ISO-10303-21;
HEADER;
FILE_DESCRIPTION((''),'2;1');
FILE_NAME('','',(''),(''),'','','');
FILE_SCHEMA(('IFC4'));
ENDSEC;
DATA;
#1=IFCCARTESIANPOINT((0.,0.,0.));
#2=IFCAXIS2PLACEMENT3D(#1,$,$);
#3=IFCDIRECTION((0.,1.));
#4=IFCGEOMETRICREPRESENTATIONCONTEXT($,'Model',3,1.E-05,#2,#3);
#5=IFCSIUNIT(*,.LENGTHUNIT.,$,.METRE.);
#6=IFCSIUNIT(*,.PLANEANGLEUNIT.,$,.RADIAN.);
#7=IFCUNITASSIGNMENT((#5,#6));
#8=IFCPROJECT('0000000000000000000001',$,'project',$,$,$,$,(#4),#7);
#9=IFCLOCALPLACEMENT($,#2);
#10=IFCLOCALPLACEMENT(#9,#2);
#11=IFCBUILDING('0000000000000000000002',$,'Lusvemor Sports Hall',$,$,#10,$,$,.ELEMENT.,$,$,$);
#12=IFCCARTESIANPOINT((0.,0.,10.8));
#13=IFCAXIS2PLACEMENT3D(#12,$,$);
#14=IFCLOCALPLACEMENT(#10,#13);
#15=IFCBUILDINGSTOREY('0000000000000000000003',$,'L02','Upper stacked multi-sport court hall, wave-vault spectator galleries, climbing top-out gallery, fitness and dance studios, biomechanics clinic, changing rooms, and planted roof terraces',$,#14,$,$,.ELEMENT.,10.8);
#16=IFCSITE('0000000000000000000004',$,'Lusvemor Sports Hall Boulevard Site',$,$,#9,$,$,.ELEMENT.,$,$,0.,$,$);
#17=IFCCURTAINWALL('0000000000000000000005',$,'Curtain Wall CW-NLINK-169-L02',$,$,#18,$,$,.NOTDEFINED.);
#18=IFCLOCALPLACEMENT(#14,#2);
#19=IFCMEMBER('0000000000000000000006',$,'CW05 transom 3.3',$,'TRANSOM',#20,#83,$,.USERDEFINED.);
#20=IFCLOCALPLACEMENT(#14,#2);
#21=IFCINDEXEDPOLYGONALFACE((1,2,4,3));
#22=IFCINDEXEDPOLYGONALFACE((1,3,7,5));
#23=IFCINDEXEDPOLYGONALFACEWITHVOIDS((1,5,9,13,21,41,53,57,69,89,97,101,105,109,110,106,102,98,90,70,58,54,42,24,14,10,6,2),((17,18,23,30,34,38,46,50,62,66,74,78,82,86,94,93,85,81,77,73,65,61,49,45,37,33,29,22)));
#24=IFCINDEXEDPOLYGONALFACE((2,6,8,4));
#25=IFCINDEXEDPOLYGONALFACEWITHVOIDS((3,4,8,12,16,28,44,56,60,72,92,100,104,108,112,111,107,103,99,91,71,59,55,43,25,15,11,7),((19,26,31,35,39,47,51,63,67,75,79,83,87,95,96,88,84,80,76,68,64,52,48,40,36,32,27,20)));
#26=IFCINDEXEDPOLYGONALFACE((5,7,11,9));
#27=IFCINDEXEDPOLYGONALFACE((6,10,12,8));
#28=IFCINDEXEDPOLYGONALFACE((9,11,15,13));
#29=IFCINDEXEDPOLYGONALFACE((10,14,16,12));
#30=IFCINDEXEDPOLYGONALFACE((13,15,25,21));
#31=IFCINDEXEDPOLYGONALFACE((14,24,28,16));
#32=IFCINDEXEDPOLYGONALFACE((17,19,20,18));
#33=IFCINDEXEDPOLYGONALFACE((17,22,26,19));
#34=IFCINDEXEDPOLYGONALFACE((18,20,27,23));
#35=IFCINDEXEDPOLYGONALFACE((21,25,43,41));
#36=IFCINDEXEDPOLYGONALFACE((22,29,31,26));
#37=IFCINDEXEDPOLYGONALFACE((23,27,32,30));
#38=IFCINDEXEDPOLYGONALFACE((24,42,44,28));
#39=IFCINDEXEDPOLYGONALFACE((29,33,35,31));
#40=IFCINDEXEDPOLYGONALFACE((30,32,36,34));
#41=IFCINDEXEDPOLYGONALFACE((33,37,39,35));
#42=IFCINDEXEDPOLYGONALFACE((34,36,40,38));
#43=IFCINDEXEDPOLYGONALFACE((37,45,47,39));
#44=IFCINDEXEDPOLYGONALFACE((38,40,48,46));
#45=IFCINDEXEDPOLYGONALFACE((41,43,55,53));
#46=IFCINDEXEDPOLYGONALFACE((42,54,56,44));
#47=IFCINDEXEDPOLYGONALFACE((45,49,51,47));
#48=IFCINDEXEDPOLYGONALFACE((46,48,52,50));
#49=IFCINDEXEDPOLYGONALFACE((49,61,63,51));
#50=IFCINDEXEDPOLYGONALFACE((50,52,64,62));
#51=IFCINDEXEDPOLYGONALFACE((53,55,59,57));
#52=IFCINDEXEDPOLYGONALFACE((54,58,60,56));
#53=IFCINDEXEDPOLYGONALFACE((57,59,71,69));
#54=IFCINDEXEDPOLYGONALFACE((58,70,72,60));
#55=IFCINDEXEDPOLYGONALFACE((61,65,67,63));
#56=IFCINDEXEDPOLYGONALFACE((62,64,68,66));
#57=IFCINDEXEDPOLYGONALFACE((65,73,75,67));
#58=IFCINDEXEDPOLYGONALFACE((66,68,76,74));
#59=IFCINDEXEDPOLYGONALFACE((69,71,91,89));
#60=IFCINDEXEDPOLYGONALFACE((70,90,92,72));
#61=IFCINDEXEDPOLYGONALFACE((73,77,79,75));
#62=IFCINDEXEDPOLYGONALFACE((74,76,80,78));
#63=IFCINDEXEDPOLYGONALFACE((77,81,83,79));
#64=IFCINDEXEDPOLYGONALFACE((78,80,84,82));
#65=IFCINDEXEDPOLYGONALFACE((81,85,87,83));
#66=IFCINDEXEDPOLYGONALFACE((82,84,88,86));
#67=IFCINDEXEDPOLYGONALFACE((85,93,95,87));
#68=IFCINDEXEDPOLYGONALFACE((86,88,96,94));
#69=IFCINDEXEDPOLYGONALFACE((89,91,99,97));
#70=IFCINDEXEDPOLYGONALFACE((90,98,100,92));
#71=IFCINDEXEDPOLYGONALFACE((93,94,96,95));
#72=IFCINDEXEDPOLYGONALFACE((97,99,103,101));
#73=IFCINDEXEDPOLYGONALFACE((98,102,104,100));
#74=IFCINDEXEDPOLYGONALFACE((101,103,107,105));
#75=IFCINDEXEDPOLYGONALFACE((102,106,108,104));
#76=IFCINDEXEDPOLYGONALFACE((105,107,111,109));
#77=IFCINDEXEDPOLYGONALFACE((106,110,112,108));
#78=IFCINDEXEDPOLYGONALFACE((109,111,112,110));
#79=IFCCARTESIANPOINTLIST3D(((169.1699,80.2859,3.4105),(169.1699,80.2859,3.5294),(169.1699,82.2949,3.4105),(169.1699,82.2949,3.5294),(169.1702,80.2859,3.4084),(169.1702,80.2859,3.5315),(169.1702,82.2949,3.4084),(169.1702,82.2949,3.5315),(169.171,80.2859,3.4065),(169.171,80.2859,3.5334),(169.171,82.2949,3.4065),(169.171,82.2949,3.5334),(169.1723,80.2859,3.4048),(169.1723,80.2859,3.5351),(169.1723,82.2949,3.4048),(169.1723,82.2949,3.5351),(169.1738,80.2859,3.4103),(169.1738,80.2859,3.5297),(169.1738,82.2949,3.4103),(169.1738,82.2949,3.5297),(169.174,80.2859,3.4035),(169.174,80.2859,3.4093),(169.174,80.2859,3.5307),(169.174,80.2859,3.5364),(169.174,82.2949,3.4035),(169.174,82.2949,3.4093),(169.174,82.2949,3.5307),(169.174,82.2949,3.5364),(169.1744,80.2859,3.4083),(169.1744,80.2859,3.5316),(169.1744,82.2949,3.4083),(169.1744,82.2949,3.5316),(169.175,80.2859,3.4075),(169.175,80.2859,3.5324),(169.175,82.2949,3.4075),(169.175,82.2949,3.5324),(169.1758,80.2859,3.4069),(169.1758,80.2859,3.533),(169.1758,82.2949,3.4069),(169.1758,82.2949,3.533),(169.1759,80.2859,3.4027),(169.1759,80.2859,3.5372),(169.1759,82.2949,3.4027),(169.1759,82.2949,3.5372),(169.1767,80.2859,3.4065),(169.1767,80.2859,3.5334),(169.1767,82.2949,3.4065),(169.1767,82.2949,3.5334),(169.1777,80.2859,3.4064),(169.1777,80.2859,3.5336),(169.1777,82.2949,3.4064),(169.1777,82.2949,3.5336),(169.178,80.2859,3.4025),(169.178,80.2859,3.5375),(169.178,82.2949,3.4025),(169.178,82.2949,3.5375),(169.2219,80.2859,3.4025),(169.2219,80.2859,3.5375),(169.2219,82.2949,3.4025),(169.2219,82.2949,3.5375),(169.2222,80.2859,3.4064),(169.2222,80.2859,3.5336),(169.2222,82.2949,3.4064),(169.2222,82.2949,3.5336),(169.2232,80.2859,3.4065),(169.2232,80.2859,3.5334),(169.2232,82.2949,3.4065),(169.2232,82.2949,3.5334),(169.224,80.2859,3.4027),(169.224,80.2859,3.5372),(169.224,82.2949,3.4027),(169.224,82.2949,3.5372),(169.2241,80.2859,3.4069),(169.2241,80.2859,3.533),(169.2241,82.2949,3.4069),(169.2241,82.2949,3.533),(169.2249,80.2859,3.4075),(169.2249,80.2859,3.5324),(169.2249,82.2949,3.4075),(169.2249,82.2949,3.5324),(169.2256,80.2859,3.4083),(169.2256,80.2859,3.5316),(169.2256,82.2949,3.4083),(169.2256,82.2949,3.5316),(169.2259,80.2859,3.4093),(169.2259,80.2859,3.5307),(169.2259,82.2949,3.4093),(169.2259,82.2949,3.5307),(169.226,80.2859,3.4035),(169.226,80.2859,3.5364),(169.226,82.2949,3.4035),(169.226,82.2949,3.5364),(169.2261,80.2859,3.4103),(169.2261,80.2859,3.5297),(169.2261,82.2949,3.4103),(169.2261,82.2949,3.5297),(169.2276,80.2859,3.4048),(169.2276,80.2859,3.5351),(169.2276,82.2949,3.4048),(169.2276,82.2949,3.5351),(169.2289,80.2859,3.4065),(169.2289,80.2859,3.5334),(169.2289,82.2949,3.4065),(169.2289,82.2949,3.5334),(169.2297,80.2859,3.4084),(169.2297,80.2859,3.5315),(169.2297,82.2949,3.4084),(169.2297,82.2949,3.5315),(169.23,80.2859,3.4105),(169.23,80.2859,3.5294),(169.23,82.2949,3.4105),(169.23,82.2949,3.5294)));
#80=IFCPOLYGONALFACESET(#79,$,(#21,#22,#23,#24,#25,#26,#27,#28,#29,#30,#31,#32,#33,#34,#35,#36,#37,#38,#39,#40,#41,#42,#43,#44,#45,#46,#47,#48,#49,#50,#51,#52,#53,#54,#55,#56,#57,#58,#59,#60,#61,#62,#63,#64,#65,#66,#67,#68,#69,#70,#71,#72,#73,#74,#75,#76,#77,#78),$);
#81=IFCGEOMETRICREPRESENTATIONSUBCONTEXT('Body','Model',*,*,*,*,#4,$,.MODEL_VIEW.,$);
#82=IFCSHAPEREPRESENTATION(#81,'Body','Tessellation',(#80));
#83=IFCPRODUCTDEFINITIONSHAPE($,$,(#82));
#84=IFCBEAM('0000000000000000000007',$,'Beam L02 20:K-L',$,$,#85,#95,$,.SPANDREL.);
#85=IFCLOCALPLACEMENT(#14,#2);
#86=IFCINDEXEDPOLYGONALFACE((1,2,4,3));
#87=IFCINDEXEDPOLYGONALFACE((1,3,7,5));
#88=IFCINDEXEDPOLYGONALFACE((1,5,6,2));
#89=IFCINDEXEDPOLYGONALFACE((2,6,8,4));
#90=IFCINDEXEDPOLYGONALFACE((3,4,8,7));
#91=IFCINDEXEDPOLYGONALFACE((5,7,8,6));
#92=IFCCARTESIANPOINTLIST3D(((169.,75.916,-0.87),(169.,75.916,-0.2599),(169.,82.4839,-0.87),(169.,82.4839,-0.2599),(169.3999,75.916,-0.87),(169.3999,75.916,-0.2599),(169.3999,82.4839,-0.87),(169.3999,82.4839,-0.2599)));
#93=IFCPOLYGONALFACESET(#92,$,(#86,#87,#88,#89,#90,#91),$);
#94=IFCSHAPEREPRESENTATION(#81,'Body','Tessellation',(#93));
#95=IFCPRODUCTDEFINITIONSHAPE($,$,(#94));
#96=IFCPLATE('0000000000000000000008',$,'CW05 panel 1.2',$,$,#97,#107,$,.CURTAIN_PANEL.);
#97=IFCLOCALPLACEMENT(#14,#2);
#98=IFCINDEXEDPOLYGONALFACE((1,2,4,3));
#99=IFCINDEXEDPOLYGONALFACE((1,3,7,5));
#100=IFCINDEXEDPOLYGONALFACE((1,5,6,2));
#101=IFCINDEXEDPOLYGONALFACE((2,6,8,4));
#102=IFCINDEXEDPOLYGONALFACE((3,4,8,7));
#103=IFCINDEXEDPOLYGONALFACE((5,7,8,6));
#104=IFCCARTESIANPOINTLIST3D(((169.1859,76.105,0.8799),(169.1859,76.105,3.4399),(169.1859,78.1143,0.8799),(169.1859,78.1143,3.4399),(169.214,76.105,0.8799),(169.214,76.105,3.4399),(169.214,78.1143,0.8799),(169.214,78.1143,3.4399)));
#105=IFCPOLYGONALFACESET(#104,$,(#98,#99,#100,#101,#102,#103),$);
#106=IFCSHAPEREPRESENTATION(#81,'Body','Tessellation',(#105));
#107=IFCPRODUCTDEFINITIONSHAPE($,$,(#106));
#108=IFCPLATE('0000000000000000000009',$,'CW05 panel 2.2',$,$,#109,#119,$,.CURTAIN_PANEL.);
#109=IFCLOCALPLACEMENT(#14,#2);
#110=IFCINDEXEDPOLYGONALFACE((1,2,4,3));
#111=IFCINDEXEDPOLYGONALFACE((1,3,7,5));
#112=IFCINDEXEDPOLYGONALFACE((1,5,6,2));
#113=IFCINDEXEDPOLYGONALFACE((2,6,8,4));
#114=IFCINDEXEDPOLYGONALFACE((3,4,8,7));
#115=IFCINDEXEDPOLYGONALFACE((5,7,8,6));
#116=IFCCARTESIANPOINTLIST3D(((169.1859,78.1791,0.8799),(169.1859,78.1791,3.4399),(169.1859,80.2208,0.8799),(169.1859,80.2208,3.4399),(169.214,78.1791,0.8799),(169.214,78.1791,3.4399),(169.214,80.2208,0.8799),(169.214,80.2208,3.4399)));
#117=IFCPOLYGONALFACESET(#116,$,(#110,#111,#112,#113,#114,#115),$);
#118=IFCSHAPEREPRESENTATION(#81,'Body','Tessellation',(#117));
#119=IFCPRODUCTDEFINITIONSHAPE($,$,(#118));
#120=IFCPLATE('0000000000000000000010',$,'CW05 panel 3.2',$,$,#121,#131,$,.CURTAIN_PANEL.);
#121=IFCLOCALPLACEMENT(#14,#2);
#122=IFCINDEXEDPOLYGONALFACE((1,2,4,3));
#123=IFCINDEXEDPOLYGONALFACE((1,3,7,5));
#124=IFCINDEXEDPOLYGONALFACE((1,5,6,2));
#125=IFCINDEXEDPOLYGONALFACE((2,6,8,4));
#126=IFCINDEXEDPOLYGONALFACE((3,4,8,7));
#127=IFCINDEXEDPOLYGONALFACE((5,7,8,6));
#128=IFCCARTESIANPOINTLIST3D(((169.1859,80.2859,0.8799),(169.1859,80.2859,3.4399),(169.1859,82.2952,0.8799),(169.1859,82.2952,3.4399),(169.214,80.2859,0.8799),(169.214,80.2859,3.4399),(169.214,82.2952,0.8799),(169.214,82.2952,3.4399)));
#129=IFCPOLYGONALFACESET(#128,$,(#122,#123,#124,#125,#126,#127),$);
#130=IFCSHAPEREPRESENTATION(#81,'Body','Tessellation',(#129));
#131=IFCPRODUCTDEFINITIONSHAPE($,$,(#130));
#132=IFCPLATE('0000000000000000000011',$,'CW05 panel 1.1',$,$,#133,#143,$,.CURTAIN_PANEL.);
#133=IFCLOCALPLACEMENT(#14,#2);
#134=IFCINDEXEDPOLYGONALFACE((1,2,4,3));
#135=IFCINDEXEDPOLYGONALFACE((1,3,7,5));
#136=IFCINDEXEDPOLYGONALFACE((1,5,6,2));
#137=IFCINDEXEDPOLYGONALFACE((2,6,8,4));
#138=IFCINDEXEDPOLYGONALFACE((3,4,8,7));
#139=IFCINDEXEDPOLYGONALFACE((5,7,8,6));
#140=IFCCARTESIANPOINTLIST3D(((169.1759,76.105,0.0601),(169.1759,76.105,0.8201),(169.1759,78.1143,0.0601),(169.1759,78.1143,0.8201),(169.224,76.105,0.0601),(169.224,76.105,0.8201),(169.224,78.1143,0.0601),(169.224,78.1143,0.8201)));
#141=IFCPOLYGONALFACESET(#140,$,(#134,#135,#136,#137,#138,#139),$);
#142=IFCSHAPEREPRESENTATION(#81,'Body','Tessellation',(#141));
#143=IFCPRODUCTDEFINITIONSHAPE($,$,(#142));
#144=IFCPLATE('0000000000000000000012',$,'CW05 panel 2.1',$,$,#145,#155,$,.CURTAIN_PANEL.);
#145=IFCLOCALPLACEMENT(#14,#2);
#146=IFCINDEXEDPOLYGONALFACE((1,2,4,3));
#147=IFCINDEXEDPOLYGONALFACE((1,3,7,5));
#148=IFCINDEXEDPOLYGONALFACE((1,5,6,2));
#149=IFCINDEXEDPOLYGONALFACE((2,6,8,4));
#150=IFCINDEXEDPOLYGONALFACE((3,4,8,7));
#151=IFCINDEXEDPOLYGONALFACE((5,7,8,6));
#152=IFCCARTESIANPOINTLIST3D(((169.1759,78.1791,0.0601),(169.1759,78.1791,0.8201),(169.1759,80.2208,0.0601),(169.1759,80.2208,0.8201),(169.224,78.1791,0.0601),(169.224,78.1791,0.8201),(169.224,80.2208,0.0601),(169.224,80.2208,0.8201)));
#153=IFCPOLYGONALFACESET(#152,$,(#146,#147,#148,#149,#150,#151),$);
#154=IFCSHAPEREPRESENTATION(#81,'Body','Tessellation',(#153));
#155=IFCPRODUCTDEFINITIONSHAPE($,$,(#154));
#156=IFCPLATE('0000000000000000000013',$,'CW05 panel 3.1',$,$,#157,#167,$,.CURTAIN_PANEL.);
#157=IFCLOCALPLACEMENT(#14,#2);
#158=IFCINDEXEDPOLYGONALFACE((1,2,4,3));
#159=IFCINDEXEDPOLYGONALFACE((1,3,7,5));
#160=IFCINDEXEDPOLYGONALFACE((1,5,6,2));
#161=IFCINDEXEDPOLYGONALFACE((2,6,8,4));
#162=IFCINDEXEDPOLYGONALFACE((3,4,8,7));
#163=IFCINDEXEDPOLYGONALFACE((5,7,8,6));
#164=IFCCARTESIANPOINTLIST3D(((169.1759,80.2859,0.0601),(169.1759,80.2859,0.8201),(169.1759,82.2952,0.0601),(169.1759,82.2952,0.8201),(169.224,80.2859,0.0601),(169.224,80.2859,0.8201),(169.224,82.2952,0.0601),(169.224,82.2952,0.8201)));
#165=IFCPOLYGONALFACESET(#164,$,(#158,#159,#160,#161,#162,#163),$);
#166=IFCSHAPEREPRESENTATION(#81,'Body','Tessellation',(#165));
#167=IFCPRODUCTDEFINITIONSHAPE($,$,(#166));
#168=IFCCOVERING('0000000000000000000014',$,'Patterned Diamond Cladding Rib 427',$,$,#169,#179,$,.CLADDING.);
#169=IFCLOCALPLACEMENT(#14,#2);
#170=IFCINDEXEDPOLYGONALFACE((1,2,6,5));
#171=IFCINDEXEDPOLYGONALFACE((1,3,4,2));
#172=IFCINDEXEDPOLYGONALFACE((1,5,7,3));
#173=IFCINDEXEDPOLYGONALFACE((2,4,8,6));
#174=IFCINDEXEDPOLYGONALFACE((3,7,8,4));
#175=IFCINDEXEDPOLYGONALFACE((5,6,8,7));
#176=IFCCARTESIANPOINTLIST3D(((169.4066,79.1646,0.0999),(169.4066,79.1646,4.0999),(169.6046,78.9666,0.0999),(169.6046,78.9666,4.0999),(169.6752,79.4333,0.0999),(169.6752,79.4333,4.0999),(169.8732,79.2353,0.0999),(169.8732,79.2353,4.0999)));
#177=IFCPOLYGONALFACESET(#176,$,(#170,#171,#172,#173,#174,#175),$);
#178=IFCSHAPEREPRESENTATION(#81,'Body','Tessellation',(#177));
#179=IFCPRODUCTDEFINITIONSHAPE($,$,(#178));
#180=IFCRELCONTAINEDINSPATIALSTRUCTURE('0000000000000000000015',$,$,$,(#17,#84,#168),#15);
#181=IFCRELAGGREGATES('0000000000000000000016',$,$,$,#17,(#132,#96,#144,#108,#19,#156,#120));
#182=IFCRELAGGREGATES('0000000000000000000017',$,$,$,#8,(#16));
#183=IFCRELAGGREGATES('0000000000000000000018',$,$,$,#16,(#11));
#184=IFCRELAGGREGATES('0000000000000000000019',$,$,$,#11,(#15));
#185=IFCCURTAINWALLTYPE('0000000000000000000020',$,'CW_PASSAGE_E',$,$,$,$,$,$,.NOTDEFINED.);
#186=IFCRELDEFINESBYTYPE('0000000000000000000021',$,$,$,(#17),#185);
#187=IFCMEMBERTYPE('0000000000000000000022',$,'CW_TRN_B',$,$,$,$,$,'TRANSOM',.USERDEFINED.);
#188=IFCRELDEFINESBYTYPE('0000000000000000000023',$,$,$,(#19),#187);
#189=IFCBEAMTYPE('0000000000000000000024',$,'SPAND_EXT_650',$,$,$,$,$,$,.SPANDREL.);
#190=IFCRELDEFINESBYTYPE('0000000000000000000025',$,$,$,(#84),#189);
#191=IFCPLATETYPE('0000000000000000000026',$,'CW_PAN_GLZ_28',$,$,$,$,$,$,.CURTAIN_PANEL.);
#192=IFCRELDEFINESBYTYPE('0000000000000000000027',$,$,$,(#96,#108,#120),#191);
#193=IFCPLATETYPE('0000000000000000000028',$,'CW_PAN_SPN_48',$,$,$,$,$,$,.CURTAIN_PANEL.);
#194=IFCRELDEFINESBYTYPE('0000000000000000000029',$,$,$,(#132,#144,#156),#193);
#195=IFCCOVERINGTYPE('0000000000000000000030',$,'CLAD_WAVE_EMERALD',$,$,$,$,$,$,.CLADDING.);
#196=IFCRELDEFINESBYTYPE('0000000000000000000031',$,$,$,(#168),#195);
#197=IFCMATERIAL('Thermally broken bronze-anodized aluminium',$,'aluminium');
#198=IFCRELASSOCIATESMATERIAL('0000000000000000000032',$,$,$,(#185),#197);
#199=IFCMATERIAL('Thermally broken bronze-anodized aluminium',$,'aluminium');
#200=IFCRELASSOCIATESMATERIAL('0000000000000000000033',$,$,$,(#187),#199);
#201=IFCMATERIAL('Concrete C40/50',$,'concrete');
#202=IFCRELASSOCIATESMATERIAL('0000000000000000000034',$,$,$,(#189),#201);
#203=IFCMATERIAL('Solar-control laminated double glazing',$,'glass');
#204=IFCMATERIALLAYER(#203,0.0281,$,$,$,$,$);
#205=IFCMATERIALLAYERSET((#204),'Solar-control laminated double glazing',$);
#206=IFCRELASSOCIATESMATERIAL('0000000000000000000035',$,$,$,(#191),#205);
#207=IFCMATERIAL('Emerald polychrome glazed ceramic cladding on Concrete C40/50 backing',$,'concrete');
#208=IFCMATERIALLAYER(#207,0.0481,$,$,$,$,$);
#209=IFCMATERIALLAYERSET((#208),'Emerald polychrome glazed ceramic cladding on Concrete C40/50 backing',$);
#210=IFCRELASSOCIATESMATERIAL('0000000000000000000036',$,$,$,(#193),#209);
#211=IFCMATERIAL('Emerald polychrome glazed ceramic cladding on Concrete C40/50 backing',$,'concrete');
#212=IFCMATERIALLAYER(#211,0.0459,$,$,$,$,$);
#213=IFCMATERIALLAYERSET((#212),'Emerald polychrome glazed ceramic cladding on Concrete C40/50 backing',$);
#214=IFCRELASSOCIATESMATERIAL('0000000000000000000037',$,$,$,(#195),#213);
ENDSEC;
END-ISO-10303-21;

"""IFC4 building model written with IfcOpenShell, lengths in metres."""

from ifc_helpers import new_model, si_unit, direction, frame, origin, origin_2d, place, context, subcontext, project, spatial, rectangle, hollow_rectangle, extrude, material, layer, layer_set, material_profile, profile_set, type_object, element, aggregate, save


model = new_model("IFC4")

# Units and contexts
model_context = context("Model", 3, precision=1e-05, world=origin(), true_north=direction((0.0, 1.0)))
body_context = subcontext(model_context, "Body", "Model", "MODEL_VIEW")
ifc_project = project(units=[si_unit("LENGTHUNIT", "METRE"), si_unit("PLANEANGLEUNIT", "RADIAN")], contexts=[model_context])

# Site, building, storey
site_placement = place(None, origin())
site = spatial("IfcSite", under=ifc_project, at=site_placement, Name="Lusvemor Sports Hall Boulevard Site", CompositionType="ELEMENT", RefElevation=0.0)
building_placement = place(site_placement, origin())
building = spatial("IfcBuilding", under=site, at=building_placement, Name="Lusvemor Sports Hall", CompositionType="ELEMENT")
storey_placement = place(building_placement, frame((0.0, 0.0, 10.8)))
storey = spatial("IfcBuildingStorey", under=building, at=storey_placement, Name="L02", Description="Upper stacked multi-sport court hall, wave-vault spectator galleries, climbing top-out gallery, fitness and dance studios, biomechanics clinic, changing rooms, and planted roof terraces", CompositionType="ELEMENT", Elevation=10.8)

# Curtain wall, member
ifc_material_1 = material(Name="Thermally broken bronze-anodized aluminium", Category="aluminium")
curtain_wall_type = type_object("IfcCurtainWallType", Name="CW_PASSAGE_E", PredefinedType="NOTDEFINED", material=ifc_material_1)
curtain_wall_placement = place(storey_placement, origin())
curtain_wall = element("IfcCurtainWall", 1, at=curtain_wall_placement, inside=storey, type_object=curtain_wall_type, Name="Curtain Wall CW-NLINK-169-L02", PredefinedType="NOTDEFINED")
ifc_material_2 = material(Name="Thermally broken bronze-anodized aluminium", Category="aluminium")
ifc_material_profile_1 = material_profile(ifc_material_2, hollow_rectangle(XDim=0.0601, YDim=0.135, WallThickness=0.0039, InnerFilletRadius=0.0039, OuterFilletRadius=0.0081, at=origin_2d()), Name="CWTRN135x60x4")
ifc_profile_set_1 = profile_set([ifc_material_profile_1], Name="Thermally broken bronze-anodized aluminium")
member_type_1 = type_object("IfcMemberType", Name="CW_TRN_B", ElementType="TRANSOM", PredefinedType="USERDEFINED", material=ifc_profile_set_1)
member_1_placement = place(storey_placement, frame((169.2, 80.2859, 3.47), z_axis=(0.0, 1.0, 0.0), x_axis=(-1.0, 0.0, 0.0)))
member_1 = element("IfcMember", 2, at=member_1_placement, type_object=member_type_1, Name="CW05 transom 3.3", ObjectType="TRANSOM", PredefinedType="USERDEFINED", context=body_context, shape_type="SweptSolid", body=[
    extrude(hollow_rectangle(XDim=0.0601, YDim=0.135, WallThickness=0.0039, InnerFilletRadius=0.0039, OuterFilletRadius=0.0081, at=origin_2d()), origin(), (0.0, 0.0, 1.0), 2.009),
])

# Beam
ifc_material_3 = material(Name="Concrete C40/50", Category="concrete")
ifc_material_profile_2 = material_profile(ifc_material_3, rectangle(XDim=0.3999, YDim=0.6101, at=origin_2d()), Name="RC400x610")
ifc_profile_set_2 = profile_set([ifc_material_profile_2], Name="Concrete C40/50")
beam_type = type_object("IfcBeamType", Name="SPAND_EXT_650", PredefinedType="SPANDREL", material=ifc_profile_set_2)
beam_placement = place(storey_placement, frame((169.2, 75.916, -0.5649), z_axis=(0.0, 1.0, 0.0), x_axis=(-1.0, 0.0, 0.0)))
element("IfcBeam", 3, at=beam_placement, inside=storey, type_object=beam_type, Name="Beam L02 20:K-L", PredefinedType="SPANDREL", context=body_context, shape_type="SweptSolid", body=[
    extrude(rectangle(XDim=0.3999, YDim=0.6101, at=origin_2d()), origin(), (0.0, 0.0, 1.0), 6.5679),
])

# Plates
ifc_material_4 = material(Name="Solar-control laminated double glazing", Category="glass")
ifc_layer_1 = layer(ifc_material_4, 0.0281)
ifc_layer_set_1 = layer_set([ifc_layer_1], Name="Solar-control laminated double glazing")
plate_type_1 = type_object("IfcPlateType", Name="CW_PAN_GLZ_28", PredefinedType="CURTAIN_PANEL", material=ifc_layer_set_1)
plate_1_placement = place(storey_placement, frame((169.2, 77.1096, 0.8799), z_axis=(0.0, 0.0, 1.0), x_axis=(0.0, 1.0, 0.0)))
plate_1 = element("IfcPlate", 4, at=plate_1_placement, type_object=plate_type_1, Name="CW05 panel 1.2", PredefinedType="CURTAIN_PANEL", context=body_context, shape_type="SweptSolid", body=[
    extrude(rectangle(XDim=2.0093, YDim=0.0281, at=origin_2d()), origin(), (0.0, 0.0, 1.0), 2.5601),
])
plate_2_placement = place(storey_placement, frame((169.2, 79.2, 0.8799), z_axis=(0.0, 0.0, 1.0), x_axis=(0.0, 1.0, 0.0)))
plate_2 = element("IfcPlate", 5, at=plate_2_placement, type_object=plate_type_1, Name="CW05 panel 2.2", PredefinedType="CURTAIN_PANEL", context=body_context, shape_type="SweptSolid", body=[
    extrude(rectangle(XDim=2.0417, YDim=0.0281, at=origin_2d()), origin(), (0.0, 0.0, 1.0), 2.5601),
])
plate_3_placement = place(storey_placement, frame((169.2, 81.2905, 0.8799), z_axis=(0.0, 0.0, 1.0), x_axis=(0.0, 1.0, 0.0)))
plate_3 = element("IfcPlate", 6, at=plate_3_placement, type_object=plate_type_1, Name="CW05 panel 3.2", PredefinedType="CURTAIN_PANEL", context=body_context, shape_type="SweptSolid", body=[
    extrude(rectangle(XDim=2.0093, YDim=0.0281, at=origin_2d()), origin(), (0.0, 0.0, 1.0), 2.5601),
])
ifc_material_5 = material(Name="Emerald polychrome glazed ceramic cladding on Concrete C40/50 backing", Category="concrete")
ifc_layer_2 = layer(ifc_material_5, 0.0481)
ifc_layer_set_2 = layer_set([ifc_layer_2], Name="Emerald polychrome glazed ceramic cladding on Concrete C40/50 backing")
plate_type_2 = type_object("IfcPlateType", Name="CW_PAN_SPN_48", PredefinedType="CURTAIN_PANEL", material=ifc_layer_set_2)
plate_4_placement = place(storey_placement, frame((169.2, 77.1096, 0.0601), z_axis=(0.0, 0.0, 1.0), x_axis=(0.0, 1.0, 0.0)))
plate_4 = element("IfcPlate", 7, at=plate_4_placement, type_object=plate_type_2, Name="CW05 panel 1.1", PredefinedType="CURTAIN_PANEL", context=body_context, shape_type="SweptSolid", body=[
    extrude(rectangle(XDim=2.0093, YDim=0.0481, at=origin_2d()), origin(), (0.0, 0.0, 1.0), 0.76),
])
plate_5_placement = place(storey_placement, frame((169.2, 79.2, 0.0601), z_axis=(0.0, 0.0, 1.0), x_axis=(0.0, 1.0, 0.0)))
plate_5 = element("IfcPlate", 8, at=plate_5_placement, type_object=plate_type_2, Name="CW05 panel 2.1", PredefinedType="CURTAIN_PANEL", context=body_context, shape_type="SweptSolid", body=[
    extrude(rectangle(XDim=2.0417, YDim=0.0481, at=origin_2d()), origin(), (0.0, 0.0, 1.0), 0.76),
])
plate_6_placement = place(storey_placement, frame((169.2, 81.2905, 0.0601), z_axis=(0.0, 0.0, 1.0), x_axis=(0.0, 1.0, 0.0)))
plate_6 = element("IfcPlate", 9, at=plate_6_placement, type_object=plate_type_2, Name="CW05 panel 3.1", PredefinedType="CURTAIN_PANEL", context=body_context, shape_type="SweptSolid", body=[
    extrude(rectangle(XDim=2.0093, YDim=0.0481, at=origin_2d()), origin(), (0.0, 0.0, 1.0), 0.76),
])
aggregate(curtain_wall, [plate_4, plate_1, plate_5, plate_2, member_1, plate_6, plate_3])

# Covering
ifc_material_6 = material(Name="Emerald polychrome glazed ceramic cladding on Concrete C40/50 backing", Category="concrete")
ifc_layer_3 = layer(ifc_material_6, 0.0459)
ifc_layer_set_3 = layer_set([ifc_layer_3], Name="Emerald polychrome glazed ceramic cladding on Concrete C40/50 backing")
covering_type_1 = type_object("IfcCoveringType", Name="CLAD_WAVE_EMERALD", PredefinedType="CLADDING", material=ifc_layer_set_3)
covering_1_placement = place(storey_placement, frame((169.6399, 79.2, 0.0999), z_axis=(0.0, 0.0, 1.0), x_axis=(0.707107, 0.707107, 0.0)))
element("IfcCovering", 10, at=covering_1_placement, inside=storey, type_object=covering_type_1, Name="Patterned Diamond Cladding Rib 427", PredefinedType="CLADDING", context=body_context, shape_type="SweptSolid", body=[
    extrude(rectangle(XDim=0.3799, YDim=0.28, at=origin_2d()), origin(), (0.0, 0.0, 1.0), 4.0),
])

save(model, "model.ifc")
